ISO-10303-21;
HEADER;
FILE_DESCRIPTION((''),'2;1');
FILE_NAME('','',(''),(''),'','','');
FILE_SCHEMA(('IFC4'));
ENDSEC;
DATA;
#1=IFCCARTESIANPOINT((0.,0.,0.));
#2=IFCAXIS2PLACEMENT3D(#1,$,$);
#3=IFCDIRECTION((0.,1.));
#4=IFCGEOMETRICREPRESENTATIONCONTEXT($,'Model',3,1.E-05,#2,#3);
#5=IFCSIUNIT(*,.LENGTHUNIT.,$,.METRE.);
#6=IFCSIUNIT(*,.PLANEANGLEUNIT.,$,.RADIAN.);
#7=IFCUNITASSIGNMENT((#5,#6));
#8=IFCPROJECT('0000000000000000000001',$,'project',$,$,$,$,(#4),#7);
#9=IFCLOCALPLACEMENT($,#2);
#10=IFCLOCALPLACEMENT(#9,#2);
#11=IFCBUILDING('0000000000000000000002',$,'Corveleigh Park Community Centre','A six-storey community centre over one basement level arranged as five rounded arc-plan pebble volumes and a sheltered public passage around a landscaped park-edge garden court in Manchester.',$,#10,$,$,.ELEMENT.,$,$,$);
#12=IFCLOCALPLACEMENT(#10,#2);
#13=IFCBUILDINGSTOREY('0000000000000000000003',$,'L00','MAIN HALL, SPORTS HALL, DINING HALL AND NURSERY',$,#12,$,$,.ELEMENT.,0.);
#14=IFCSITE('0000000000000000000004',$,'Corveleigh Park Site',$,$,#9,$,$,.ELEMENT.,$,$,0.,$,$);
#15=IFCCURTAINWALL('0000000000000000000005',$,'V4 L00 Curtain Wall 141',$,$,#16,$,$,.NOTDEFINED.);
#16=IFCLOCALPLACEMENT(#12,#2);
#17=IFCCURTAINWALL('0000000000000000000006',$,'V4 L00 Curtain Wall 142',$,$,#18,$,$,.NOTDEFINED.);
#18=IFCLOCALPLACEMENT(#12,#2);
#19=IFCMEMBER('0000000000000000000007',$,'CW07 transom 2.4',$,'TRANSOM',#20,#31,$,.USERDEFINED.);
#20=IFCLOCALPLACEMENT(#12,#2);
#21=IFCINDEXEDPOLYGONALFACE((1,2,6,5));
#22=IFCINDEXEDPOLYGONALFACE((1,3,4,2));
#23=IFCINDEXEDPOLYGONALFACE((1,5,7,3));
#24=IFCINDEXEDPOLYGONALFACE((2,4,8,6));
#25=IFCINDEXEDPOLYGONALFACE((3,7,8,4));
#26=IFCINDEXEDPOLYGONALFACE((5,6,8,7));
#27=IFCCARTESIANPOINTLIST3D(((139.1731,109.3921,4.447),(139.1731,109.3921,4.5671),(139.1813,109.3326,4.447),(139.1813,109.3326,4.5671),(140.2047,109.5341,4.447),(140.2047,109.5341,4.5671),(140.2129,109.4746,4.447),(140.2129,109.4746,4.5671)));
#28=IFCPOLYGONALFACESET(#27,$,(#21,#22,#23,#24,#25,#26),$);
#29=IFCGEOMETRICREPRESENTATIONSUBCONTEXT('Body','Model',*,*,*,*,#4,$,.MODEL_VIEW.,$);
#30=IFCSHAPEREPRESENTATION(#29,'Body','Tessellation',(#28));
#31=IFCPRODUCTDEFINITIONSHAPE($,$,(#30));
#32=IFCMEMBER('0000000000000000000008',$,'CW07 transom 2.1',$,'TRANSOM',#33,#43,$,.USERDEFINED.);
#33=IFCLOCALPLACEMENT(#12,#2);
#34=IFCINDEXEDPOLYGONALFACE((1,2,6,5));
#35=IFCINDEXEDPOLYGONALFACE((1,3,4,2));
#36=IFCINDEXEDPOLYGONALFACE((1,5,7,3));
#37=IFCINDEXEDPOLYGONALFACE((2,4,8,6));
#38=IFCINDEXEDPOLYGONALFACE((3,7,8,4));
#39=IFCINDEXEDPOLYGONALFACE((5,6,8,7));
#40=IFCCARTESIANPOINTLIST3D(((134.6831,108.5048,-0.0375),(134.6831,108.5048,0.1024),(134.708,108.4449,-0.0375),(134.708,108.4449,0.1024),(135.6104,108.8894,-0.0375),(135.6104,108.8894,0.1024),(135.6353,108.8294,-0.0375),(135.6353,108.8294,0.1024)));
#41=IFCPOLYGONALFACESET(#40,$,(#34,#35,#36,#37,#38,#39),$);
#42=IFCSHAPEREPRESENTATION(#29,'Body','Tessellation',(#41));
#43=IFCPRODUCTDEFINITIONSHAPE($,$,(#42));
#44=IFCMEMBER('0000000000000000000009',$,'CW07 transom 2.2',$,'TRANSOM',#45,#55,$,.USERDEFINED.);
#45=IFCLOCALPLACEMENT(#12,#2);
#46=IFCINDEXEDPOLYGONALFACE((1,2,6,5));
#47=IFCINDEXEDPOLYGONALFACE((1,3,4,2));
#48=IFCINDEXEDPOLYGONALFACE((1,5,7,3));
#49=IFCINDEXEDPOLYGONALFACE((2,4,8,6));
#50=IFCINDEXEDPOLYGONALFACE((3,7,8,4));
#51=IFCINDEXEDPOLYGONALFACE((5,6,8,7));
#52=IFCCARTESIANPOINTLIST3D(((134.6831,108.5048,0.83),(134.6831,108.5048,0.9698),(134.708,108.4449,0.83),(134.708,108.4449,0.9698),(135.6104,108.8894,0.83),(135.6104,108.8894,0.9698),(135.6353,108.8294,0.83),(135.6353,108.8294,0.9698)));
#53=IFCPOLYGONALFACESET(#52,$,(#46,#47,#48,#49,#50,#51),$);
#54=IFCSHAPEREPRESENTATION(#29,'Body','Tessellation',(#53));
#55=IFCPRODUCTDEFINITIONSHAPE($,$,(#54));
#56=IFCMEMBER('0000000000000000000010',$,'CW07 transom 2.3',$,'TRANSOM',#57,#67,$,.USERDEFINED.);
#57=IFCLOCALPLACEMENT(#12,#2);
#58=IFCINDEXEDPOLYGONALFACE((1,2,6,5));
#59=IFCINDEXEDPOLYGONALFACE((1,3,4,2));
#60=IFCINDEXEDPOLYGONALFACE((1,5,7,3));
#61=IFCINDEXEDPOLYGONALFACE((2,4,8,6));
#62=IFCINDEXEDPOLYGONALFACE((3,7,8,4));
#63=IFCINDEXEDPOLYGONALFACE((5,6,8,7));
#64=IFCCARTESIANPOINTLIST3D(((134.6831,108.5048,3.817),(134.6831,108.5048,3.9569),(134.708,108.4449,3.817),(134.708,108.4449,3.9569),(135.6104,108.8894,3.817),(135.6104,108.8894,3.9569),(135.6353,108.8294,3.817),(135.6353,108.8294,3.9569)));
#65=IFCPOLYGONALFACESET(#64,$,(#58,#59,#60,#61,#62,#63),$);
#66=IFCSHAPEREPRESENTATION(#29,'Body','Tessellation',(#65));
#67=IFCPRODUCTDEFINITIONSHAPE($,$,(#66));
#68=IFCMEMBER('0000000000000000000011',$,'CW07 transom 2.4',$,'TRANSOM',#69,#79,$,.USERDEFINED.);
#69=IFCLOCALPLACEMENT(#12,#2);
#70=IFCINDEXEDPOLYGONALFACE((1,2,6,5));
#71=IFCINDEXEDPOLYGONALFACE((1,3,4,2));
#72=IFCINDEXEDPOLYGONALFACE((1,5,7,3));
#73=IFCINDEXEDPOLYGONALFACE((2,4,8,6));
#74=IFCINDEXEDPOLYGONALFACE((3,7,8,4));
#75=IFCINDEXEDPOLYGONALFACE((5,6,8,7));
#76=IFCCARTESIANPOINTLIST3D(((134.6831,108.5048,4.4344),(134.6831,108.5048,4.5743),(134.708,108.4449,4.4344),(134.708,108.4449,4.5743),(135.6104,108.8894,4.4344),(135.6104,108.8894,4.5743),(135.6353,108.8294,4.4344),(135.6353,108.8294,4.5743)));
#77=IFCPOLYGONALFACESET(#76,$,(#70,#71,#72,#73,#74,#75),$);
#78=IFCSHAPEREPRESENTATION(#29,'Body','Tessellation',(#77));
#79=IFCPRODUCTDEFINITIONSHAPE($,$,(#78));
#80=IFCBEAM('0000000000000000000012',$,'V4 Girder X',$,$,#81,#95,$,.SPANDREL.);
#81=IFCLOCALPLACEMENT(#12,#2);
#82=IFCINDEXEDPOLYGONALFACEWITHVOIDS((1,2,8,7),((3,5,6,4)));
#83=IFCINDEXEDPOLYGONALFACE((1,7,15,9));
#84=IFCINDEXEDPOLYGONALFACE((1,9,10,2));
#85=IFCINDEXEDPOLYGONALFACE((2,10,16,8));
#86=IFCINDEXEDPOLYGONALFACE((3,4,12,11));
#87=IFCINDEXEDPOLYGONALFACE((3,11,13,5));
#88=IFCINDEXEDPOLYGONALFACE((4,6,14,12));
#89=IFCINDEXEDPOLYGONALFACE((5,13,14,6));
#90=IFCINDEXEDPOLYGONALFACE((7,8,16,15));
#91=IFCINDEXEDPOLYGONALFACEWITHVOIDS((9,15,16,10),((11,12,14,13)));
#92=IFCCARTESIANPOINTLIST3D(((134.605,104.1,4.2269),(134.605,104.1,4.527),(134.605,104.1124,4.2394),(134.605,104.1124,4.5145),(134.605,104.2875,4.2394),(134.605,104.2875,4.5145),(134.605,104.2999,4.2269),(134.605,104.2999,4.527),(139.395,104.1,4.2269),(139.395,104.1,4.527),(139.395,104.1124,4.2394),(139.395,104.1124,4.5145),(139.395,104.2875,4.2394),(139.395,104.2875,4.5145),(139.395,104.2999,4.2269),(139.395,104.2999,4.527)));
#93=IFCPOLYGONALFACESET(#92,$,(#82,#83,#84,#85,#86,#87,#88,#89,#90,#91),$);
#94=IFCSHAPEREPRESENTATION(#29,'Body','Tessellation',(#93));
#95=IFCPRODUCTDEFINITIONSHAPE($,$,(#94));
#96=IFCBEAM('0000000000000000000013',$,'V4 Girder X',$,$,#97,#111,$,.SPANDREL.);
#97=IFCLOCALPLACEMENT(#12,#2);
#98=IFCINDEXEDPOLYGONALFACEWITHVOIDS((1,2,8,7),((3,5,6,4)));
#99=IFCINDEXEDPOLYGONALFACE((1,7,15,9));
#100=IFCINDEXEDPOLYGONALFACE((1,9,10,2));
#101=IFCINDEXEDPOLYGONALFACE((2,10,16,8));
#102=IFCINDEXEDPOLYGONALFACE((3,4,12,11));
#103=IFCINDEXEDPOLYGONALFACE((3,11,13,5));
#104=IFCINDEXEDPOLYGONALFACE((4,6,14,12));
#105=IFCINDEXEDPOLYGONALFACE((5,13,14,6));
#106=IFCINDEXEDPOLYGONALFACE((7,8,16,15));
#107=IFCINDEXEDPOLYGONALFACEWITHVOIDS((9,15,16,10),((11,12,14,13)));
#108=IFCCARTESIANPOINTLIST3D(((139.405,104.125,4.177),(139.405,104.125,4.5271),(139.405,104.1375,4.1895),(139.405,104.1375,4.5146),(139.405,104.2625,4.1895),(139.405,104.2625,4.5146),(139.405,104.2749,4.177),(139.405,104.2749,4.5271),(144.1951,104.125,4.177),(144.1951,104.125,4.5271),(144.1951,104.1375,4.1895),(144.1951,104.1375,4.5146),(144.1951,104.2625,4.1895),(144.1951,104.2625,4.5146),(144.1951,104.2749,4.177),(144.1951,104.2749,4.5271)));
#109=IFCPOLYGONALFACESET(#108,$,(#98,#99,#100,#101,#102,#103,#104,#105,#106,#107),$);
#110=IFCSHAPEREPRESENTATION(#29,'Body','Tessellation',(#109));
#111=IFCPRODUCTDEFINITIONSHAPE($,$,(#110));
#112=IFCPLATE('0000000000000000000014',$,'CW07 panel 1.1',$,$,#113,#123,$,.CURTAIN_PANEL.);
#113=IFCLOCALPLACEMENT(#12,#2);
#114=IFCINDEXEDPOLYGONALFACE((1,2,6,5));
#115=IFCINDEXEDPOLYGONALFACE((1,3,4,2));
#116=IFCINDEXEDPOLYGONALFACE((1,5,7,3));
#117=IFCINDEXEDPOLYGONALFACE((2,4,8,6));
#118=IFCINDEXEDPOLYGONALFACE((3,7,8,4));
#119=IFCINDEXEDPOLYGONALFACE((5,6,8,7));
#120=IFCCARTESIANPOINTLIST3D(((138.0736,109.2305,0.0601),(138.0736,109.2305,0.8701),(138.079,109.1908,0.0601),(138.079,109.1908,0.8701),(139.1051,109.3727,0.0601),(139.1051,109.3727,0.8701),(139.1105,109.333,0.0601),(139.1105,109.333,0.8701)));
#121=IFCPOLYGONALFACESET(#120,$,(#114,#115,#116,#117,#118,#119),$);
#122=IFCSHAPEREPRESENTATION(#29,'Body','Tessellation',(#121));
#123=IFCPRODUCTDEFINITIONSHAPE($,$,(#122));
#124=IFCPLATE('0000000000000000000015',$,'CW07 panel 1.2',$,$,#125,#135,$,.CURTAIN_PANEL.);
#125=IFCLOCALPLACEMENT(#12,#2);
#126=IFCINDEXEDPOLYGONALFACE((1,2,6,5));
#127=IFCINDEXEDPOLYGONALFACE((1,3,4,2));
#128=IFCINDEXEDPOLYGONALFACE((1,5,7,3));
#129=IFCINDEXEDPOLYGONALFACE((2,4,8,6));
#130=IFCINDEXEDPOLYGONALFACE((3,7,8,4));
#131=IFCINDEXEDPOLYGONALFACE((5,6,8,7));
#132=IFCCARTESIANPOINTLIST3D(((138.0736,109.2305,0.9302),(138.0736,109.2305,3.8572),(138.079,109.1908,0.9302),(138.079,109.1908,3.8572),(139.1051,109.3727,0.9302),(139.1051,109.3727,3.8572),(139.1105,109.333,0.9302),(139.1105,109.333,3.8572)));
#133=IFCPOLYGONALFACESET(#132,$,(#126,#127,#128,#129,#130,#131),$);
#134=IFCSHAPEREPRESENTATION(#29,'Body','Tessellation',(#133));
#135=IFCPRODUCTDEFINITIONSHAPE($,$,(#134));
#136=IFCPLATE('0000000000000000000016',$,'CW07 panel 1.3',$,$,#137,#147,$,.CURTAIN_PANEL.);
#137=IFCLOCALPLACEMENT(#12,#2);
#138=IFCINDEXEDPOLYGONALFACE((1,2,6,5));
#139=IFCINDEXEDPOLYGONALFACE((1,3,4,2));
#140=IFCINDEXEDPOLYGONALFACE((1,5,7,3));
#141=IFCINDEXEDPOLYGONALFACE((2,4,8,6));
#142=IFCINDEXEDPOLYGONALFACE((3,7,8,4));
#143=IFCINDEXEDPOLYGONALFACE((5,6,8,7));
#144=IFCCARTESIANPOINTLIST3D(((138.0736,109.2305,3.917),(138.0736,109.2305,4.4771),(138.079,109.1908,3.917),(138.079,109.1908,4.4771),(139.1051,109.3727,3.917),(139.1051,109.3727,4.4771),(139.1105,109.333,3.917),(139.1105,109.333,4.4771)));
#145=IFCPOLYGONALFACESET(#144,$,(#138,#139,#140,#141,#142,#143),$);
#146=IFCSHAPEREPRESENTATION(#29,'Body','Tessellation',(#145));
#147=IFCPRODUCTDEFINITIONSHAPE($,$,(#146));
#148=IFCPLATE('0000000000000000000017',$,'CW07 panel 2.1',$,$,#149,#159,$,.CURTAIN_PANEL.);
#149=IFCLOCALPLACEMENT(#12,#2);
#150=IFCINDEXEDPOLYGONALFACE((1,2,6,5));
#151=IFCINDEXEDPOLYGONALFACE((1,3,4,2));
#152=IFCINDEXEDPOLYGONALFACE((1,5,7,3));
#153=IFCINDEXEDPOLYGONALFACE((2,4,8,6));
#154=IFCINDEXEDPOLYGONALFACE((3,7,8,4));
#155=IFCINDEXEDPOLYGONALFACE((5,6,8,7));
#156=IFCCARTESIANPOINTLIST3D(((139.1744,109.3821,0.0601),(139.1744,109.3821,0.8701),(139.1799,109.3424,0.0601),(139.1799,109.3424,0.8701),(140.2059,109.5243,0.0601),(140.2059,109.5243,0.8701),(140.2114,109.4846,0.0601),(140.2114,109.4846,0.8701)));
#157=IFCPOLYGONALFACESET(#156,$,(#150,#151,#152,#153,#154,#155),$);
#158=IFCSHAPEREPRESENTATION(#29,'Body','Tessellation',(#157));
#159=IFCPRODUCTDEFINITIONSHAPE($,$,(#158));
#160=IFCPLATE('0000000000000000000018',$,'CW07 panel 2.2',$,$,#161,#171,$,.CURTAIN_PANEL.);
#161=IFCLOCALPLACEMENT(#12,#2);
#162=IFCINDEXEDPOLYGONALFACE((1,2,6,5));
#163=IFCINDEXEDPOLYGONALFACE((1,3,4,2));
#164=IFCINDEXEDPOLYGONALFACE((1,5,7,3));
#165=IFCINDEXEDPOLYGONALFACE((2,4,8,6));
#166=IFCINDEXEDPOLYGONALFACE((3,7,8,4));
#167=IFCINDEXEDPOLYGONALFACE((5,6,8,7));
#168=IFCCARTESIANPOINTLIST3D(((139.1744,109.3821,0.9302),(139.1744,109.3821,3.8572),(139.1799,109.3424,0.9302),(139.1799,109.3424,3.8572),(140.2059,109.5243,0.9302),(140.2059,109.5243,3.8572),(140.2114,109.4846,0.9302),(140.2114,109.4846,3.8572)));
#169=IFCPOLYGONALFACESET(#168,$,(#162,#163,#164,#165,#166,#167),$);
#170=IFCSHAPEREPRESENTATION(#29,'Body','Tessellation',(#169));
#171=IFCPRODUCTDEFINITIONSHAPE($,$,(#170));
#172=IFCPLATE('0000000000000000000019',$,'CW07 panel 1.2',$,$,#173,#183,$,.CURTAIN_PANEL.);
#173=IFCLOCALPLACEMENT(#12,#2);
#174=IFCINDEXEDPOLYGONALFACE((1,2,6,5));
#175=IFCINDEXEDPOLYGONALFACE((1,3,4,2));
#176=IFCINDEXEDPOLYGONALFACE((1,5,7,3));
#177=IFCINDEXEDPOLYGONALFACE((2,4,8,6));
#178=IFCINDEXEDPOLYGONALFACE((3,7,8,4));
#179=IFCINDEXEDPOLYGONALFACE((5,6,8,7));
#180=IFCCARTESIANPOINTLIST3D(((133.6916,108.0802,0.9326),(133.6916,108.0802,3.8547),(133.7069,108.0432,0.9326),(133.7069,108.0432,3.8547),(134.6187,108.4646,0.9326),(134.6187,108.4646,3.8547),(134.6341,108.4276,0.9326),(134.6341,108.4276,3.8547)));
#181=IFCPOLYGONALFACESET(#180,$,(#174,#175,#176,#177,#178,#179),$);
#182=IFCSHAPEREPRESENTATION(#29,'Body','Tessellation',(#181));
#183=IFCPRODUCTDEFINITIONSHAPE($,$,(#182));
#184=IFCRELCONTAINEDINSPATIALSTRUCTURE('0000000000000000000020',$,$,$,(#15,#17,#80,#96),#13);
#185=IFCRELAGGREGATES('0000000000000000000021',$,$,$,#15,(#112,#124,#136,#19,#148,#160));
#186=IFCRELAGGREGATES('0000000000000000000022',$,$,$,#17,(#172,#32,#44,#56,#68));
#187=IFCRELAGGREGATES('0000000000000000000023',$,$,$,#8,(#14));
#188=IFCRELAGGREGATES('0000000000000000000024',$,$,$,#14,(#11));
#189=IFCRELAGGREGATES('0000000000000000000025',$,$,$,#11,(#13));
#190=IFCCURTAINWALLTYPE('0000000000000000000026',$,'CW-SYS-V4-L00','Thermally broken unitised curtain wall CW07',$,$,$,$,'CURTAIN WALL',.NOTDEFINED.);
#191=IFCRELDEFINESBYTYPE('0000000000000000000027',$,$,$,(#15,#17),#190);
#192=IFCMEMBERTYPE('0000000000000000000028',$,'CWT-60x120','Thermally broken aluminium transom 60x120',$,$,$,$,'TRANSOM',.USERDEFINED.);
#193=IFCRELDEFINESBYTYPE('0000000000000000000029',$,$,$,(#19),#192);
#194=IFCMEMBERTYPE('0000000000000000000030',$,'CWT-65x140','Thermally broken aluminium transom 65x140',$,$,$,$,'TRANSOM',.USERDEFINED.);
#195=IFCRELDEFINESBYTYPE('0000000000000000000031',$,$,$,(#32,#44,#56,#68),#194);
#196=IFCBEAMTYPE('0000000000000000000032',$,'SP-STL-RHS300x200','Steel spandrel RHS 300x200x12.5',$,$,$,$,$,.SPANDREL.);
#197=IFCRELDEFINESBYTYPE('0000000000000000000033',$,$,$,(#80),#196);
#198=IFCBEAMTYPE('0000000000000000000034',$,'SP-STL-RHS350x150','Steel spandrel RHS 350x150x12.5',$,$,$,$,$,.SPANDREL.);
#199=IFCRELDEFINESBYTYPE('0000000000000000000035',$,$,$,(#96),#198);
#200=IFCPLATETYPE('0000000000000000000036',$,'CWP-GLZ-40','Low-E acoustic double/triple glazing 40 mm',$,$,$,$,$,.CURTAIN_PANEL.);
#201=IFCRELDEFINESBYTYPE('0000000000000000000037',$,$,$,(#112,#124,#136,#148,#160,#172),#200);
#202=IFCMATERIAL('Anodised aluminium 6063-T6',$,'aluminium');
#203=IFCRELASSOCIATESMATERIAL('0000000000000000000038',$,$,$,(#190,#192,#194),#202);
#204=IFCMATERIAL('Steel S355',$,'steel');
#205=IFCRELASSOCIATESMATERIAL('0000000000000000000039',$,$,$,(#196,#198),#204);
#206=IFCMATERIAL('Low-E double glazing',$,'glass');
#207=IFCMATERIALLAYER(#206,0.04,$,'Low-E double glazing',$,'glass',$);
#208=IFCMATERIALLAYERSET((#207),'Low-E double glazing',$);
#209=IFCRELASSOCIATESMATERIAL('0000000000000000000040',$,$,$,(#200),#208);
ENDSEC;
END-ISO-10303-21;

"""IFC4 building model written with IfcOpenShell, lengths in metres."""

from ifc_helpers import new_model, si_unit, direction, frame, origin, origin_2d, place, context, subcontext, project, spatial, rectangle, hollow_rectangle, extrude, material, layer, layer_set, material_profile, profile_set, type_object, element, aggregate, save


model = new_model("IFC4")

# Units and contexts
model_context = context("Model", 3, precision=1e-05, world=origin(), true_north=direction((0.0, 1.0)))
body_context = subcontext(model_context, "Body", "Model", "MODEL_VIEW")
ifc_project = project(units=[si_unit("LENGTHUNIT", "METRE"), si_unit("PLANEANGLEUNIT", "RADIAN")], contexts=[model_context])

# Site, building, storey
site_placement = place(None, origin())
site = spatial("IfcSite", under=ifc_project, at=site_placement, Name="Corveleigh Park Site", CompositionType="ELEMENT", RefElevation=0.0)
building_placement = place(site_placement, origin())
building = spatial("IfcBuilding", under=site, at=building_placement, Name="Corveleigh Park Community Centre", Description="A six-storey community centre over one basement level arranged as five rounded arc-plan pebble volumes and a sheltered public passage around a landscaped park-edge garden court in Manchester.", CompositionType="ELEMENT")
storey_placement = place(building_placement, origin())
storey = spatial("IfcBuildingStorey", under=building, at=storey_placement, Name="L00", Description="MAIN HALL, SPORTS HALL, DINING HALL AND NURSERY", CompositionType="ELEMENT", Elevation=0.0)

# Shared definitions
ifc_material_1 = material(Name="Steel S355", Category="steel")

# Curtain walls
ifc_material_2 = material(Name="Anodised aluminium 6063-T6", Category="aluminium")
curtain_wall_type = type_object("IfcCurtainWallType", Name="CW-SYS-V4-L00", Description="Thermally broken unitised curtain wall CW07", ElementType="CURTAIN WALL", PredefinedType="NOTDEFINED", material=ifc_material_2)
curtain_wall_1_placement = place(storey_placement, origin())
curtain_wall_1 = element("IfcCurtainWall", 1, at=curtain_wall_1_placement, inside=storey, type_object=curtain_wall_type, Name="V4 L00 Curtain Wall 141", PredefinedType="NOTDEFINED")
curtain_wall_2_placement = place(storey_placement, origin())
curtain_wall_2 = element("IfcCurtainWall", 2, at=curtain_wall_2_placement, inside=storey, type_object=curtain_wall_type, Name="V4 L00 Curtain Wall 142", PredefinedType="NOTDEFINED")

# Members
ifc_material_profile_1 = material_profile(ifc_material_2, rectangle(XDim=0.0601, YDim=0.1201, at=origin_2d()), Name="ALU-T60x120", Category="aluminium")
ifc_profile_set_1 = profile_set([ifc_material_profile_1], Name="Anodised aluminium 6063-T6")
member_type_1 = type_object("IfcMemberType", Name="CWT-60x120", Description="Thermally broken aluminium transom 60x120", ElementType="TRANSOM", PredefinedType="USERDEFINED", material=ifc_profile_set_1)
member_1_placement = place(storey_placement, frame((139.1772, 109.3623, 4.5071), z_axis=(0.990645, 0.136463, 0.0), x_axis=(-0.136463, 0.990645, 0.0)))
member_1 = element("IfcMember", 3, at=member_1_placement, type_object=member_type_1, Name="CW07 transom 2.4", ObjectType="TRANSOM", PredefinedType="USERDEFINED", context=body_context, shape_type="SweptSolid", body=[
    extrude(rectangle(XDim=0.0601, YDim=0.1201, at=origin_2d()), origin(), (0.0, 0.0, 1.0), 1.0413),
])
ifc_material_profile_2 = material_profile(ifc_material_2, rectangle(XDim=0.0649, YDim=0.1399, at=origin_2d()), Name="ALU-T65x140", Category="aluminium")
ifc_profile_set_2 = profile_set([ifc_material_profile_2], Name="Anodised aluminium 6063-T6")
member_type_2 = type_object("IfcMemberType", Name="CWT-65x140", Description="Thermally broken aluminium transom 65x140", ElementType="TRANSOM", PredefinedType="USERDEFINED", material=ifc_profile_set_2)
member_2_placement = place(storey_placement, frame((134.6956, 108.4749, 0.0325), z_axis=(0.923723, 0.383061, 0.0), x_axis=(-0.383061, 0.923723, 0.0)))
member_2 = element("IfcMember", 4, at=member_2_placement, type_object=member_type_2, Name="CW07 transom 2.1", ObjectType="TRANSOM", PredefinedType="USERDEFINED", context=body_context, shape_type="SweptSolid", body=[
    extrude(rectangle(XDim=0.0649, YDim=0.1399, at=origin_2d()), origin(), (0.0, 0.0, 1.0), 1.0039),
])
member_3_placement = place(storey_placement, frame((134.6956, 108.4749, 0.8999), z_axis=(0.923723, 0.383061, 0.0), x_axis=(-0.383061, 0.923723, 0.0)))
member_3 = element("IfcMember", 5, at=member_3_placement, type_object=member_type_2, Name="CW07 transom 2.2", ObjectType="TRANSOM", PredefinedType="USERDEFINED", context=body_context, shape_type="SweptSolid", body=[
    extrude(rectangle(XDim=0.0649, YDim=0.1399, at=origin_2d()), origin(), (0.0, 0.0, 1.0), 1.0039),
])
member_4_placement = place(storey_placement, frame((134.6956, 108.4749, 3.887), z_axis=(0.923723, 0.383061, 0.0), x_axis=(-0.383061, 0.923723, 0.0)))
member_4 = element("IfcMember", 6, at=member_4_placement, type_object=member_type_2, Name="CW07 transom 2.3", ObjectType="TRANSOM", PredefinedType="USERDEFINED", context=body_context, shape_type="SweptSolid", body=[
    extrude(rectangle(XDim=0.0649, YDim=0.1399, at=origin_2d()), origin(), (0.0, 0.0, 1.0), 1.0039),
])
member_5_placement = place(storey_placement, frame((134.6956, 108.4749, 4.5044), z_axis=(0.923723, 0.383061, 0.0), x_axis=(-0.383061, 0.923723, 0.0)))
member_5 = element("IfcMember", 7, at=member_5_placement, type_object=member_type_2, Name="CW07 transom 2.4", ObjectType="TRANSOM", PredefinedType="USERDEFINED", context=body_context, shape_type="SweptSolid", body=[
    extrude(rectangle(XDim=0.0649, YDim=0.1399, at=origin_2d()), origin(), (0.0, 0.0, 1.0), 1.0039),
])

# Beams
ifc_material_profile_3 = material_profile(ifc_material_1, hollow_rectangle(XDim=0.2, YDim=0.3, WallThickness=0.0125, at=origin_2d()), Name="RHS 300x200x12.5", Category="steel")
ifc_profile_set_3 = profile_set([ifc_material_profile_3], Name="Steel S355")
beam_type_1 = type_object("IfcBeamType", Name="SP-STL-RHS300x200", Description="Steel spandrel RHS 300x200x12.5", PredefinedType="SPANDREL", material=ifc_profile_set_3)
beam_1_placement = place(storey_placement, frame((134.605, 104.2, 4.377), z_axis=(1.0, 0.0, 0.0), x_axis=(0.0, 1.0, 0.0)))
element("IfcBeam", 8, at=beam_1_placement, inside=storey, type_object=beam_type_1, Name="V4 Girder X", PredefinedType="SPANDREL", context=body_context, shape_type="SweptSolid", body=[
    extrude(hollow_rectangle(XDim=0.2, YDim=0.3, WallThickness=0.0125, at=origin_2d()), origin(), (0.0, 0.0, 1.0), 4.79),
])
ifc_material_profile_4 = material_profile(ifc_material_1, hollow_rectangle(XDim=0.1499, YDim=0.3501, WallThickness=0.0125, at=origin_2d()), Name="RHS 350x150x12.5", Category="steel")
ifc_profile_set_4 = profile_set([ifc_material_profile_4], Name="Steel S355")
beam_type_2 = type_object("IfcBeamType", Name="SP-STL-RHS350x150", Description="Steel spandrel RHS 350x150x12.5", PredefinedType="SPANDREL", material=ifc_profile_set_4)
beam_2_placement = place(storey_placement, frame((139.405, 104.2, 4.3521), z_axis=(1.0, 0.0, 0.0), x_axis=(0.0, 1.0, 0.0)))
element("IfcBeam", 9, at=beam_2_placement, inside=storey, type_object=beam_type_2, Name="V4 Girder X", PredefinedType="SPANDREL", context=body_context, shape_type="SweptSolid", body=[
    extrude(hollow_rectangle(XDim=0.1499, YDim=0.3501, WallThickness=0.0125, at=origin_2d()), origin(), (0.0, 0.0, 1.0), 4.79),
])

# Plates
ifc_material_3 = material(Name="Low-E double glazing", Category="glass")
ifc_layer_1 = layer(ifc_material_3, 0.04, Name="Low-E double glazing", Category="glass")
ifc_layer_set_1 = layer_set([ifc_layer_1], Name="Low-E double glazing")
plate_type = type_object("IfcPlateType", Name="CWP-GLZ-40", Description="Low-E acoustic double/triple glazing 40 mm", PredefinedType="CURTAIN_PANEL", material=ifc_layer_set_1)
plate_1_placement = place(storey_placement, frame((138.592, 109.2817, 0.0601), z_axis=(0.0, 0.0, 1.0), x_axis=(0.990635, 0.136534, 0.0)))
plate_1 = element("IfcPlate", 10, at=plate_1_placement, type_object=plate_type, Name="CW07 panel 1.1", PredefinedType="CURTAIN_PANEL", context=body_context, shape_type="SweptSolid", body=[
    extrude(rectangle(XDim=1.0413, YDim=0.04, at=origin_2d()), origin(), (0.0, 0.0, 1.0), 0.8101),
])
plate_2_placement = place(storey_placement, frame((138.592, 109.2817, 0.9302), z_axis=(0.0, 0.0, 1.0), x_axis=(0.990635, 0.136534, 0.0)))
plate_2 = element("IfcPlate", 11, at=plate_2_placement, type_object=plate_type, Name="CW07 panel 1.2", PredefinedType="CURTAIN_PANEL", context=body_context, shape_type="SweptSolid", body=[
    extrude(rectangle(XDim=1.0413, YDim=0.04, at=origin_2d()), origin(), (0.0, 0.0, 1.0), 2.927),
])
plate_3_placement = place(storey_placement, frame((138.592, 109.2817, 3.917), z_axis=(0.0, 0.0, 1.0), x_axis=(0.990635, 0.136534, 0.0)))
plate_3 = element("IfcPlate", 12, at=plate_3_placement, type_object=plate_type, Name="CW07 panel 1.3", PredefinedType="CURTAIN_PANEL", context=body_context, shape_type="SweptSolid", body=[
    extrude(rectangle(XDim=1.0413, YDim=0.04, at=origin_2d()), origin(), (0.0, 0.0, 1.0), 0.5601),
])
plate_4_placement = place(storey_placement, frame((139.6929, 109.4333, 0.0601), z_axis=(0.0, 0.0, 1.0), x_axis=(0.990635, 0.136534, 0.0)))
plate_4 = element("IfcPlate", 13, at=plate_4_placement, type_object=plate_type, Name="CW07 panel 2.1", PredefinedType="CURTAIN_PANEL", context=body_context, shape_type="SweptSolid", body=[
    extrude(rectangle(XDim=1.0413, YDim=0.04, at=origin_2d()), origin(), (0.0, 0.0, 1.0), 0.8101),
])
plate_5_placement = place(storey_placement, frame((139.6929, 109.4333, 0.9302), z_axis=(0.0, 0.0, 1.0), x_axis=(0.990635, 0.136534, 0.0)))
plate_5 = element("IfcPlate", 14, at=plate_5_placement, type_object=plate_type, Name="CW07 panel 2.2", PredefinedType="CURTAIN_PANEL", context=body_context, shape_type="SweptSolid", body=[
    extrude(rectangle(XDim=1.0413, YDim=0.04, at=origin_2d()), origin(), (0.0, 0.0, 1.0), 2.927),
])
aggregate(curtain_wall_1, [plate_1, plate_2, plate_3, member_1, plate_4, plate_5])
plate_6_placement = place(storey_placement, frame((134.1628, 108.2539, 0.9326), z_axis=(0.0, 0.0, 1.0), x_axis=(0.923738, 0.383024, 0.0)))
plate_6 = element("IfcPlate", 15, at=plate_6_placement, type_object=plate_type, Name="CW07 panel 1.2", PredefinedType="CURTAIN_PANEL", context=body_context, shape_type="SweptSolid", body=[
    extrude(rectangle(XDim=1.0037, YDim=0.04, at=origin_2d()), origin(), (0.0, 0.0, 1.0), 2.9221),
])
aggregate(curtain_wall_2, [plate_6, member_2, member_3, member_4, member_5])

save(model, "model.ifc")
